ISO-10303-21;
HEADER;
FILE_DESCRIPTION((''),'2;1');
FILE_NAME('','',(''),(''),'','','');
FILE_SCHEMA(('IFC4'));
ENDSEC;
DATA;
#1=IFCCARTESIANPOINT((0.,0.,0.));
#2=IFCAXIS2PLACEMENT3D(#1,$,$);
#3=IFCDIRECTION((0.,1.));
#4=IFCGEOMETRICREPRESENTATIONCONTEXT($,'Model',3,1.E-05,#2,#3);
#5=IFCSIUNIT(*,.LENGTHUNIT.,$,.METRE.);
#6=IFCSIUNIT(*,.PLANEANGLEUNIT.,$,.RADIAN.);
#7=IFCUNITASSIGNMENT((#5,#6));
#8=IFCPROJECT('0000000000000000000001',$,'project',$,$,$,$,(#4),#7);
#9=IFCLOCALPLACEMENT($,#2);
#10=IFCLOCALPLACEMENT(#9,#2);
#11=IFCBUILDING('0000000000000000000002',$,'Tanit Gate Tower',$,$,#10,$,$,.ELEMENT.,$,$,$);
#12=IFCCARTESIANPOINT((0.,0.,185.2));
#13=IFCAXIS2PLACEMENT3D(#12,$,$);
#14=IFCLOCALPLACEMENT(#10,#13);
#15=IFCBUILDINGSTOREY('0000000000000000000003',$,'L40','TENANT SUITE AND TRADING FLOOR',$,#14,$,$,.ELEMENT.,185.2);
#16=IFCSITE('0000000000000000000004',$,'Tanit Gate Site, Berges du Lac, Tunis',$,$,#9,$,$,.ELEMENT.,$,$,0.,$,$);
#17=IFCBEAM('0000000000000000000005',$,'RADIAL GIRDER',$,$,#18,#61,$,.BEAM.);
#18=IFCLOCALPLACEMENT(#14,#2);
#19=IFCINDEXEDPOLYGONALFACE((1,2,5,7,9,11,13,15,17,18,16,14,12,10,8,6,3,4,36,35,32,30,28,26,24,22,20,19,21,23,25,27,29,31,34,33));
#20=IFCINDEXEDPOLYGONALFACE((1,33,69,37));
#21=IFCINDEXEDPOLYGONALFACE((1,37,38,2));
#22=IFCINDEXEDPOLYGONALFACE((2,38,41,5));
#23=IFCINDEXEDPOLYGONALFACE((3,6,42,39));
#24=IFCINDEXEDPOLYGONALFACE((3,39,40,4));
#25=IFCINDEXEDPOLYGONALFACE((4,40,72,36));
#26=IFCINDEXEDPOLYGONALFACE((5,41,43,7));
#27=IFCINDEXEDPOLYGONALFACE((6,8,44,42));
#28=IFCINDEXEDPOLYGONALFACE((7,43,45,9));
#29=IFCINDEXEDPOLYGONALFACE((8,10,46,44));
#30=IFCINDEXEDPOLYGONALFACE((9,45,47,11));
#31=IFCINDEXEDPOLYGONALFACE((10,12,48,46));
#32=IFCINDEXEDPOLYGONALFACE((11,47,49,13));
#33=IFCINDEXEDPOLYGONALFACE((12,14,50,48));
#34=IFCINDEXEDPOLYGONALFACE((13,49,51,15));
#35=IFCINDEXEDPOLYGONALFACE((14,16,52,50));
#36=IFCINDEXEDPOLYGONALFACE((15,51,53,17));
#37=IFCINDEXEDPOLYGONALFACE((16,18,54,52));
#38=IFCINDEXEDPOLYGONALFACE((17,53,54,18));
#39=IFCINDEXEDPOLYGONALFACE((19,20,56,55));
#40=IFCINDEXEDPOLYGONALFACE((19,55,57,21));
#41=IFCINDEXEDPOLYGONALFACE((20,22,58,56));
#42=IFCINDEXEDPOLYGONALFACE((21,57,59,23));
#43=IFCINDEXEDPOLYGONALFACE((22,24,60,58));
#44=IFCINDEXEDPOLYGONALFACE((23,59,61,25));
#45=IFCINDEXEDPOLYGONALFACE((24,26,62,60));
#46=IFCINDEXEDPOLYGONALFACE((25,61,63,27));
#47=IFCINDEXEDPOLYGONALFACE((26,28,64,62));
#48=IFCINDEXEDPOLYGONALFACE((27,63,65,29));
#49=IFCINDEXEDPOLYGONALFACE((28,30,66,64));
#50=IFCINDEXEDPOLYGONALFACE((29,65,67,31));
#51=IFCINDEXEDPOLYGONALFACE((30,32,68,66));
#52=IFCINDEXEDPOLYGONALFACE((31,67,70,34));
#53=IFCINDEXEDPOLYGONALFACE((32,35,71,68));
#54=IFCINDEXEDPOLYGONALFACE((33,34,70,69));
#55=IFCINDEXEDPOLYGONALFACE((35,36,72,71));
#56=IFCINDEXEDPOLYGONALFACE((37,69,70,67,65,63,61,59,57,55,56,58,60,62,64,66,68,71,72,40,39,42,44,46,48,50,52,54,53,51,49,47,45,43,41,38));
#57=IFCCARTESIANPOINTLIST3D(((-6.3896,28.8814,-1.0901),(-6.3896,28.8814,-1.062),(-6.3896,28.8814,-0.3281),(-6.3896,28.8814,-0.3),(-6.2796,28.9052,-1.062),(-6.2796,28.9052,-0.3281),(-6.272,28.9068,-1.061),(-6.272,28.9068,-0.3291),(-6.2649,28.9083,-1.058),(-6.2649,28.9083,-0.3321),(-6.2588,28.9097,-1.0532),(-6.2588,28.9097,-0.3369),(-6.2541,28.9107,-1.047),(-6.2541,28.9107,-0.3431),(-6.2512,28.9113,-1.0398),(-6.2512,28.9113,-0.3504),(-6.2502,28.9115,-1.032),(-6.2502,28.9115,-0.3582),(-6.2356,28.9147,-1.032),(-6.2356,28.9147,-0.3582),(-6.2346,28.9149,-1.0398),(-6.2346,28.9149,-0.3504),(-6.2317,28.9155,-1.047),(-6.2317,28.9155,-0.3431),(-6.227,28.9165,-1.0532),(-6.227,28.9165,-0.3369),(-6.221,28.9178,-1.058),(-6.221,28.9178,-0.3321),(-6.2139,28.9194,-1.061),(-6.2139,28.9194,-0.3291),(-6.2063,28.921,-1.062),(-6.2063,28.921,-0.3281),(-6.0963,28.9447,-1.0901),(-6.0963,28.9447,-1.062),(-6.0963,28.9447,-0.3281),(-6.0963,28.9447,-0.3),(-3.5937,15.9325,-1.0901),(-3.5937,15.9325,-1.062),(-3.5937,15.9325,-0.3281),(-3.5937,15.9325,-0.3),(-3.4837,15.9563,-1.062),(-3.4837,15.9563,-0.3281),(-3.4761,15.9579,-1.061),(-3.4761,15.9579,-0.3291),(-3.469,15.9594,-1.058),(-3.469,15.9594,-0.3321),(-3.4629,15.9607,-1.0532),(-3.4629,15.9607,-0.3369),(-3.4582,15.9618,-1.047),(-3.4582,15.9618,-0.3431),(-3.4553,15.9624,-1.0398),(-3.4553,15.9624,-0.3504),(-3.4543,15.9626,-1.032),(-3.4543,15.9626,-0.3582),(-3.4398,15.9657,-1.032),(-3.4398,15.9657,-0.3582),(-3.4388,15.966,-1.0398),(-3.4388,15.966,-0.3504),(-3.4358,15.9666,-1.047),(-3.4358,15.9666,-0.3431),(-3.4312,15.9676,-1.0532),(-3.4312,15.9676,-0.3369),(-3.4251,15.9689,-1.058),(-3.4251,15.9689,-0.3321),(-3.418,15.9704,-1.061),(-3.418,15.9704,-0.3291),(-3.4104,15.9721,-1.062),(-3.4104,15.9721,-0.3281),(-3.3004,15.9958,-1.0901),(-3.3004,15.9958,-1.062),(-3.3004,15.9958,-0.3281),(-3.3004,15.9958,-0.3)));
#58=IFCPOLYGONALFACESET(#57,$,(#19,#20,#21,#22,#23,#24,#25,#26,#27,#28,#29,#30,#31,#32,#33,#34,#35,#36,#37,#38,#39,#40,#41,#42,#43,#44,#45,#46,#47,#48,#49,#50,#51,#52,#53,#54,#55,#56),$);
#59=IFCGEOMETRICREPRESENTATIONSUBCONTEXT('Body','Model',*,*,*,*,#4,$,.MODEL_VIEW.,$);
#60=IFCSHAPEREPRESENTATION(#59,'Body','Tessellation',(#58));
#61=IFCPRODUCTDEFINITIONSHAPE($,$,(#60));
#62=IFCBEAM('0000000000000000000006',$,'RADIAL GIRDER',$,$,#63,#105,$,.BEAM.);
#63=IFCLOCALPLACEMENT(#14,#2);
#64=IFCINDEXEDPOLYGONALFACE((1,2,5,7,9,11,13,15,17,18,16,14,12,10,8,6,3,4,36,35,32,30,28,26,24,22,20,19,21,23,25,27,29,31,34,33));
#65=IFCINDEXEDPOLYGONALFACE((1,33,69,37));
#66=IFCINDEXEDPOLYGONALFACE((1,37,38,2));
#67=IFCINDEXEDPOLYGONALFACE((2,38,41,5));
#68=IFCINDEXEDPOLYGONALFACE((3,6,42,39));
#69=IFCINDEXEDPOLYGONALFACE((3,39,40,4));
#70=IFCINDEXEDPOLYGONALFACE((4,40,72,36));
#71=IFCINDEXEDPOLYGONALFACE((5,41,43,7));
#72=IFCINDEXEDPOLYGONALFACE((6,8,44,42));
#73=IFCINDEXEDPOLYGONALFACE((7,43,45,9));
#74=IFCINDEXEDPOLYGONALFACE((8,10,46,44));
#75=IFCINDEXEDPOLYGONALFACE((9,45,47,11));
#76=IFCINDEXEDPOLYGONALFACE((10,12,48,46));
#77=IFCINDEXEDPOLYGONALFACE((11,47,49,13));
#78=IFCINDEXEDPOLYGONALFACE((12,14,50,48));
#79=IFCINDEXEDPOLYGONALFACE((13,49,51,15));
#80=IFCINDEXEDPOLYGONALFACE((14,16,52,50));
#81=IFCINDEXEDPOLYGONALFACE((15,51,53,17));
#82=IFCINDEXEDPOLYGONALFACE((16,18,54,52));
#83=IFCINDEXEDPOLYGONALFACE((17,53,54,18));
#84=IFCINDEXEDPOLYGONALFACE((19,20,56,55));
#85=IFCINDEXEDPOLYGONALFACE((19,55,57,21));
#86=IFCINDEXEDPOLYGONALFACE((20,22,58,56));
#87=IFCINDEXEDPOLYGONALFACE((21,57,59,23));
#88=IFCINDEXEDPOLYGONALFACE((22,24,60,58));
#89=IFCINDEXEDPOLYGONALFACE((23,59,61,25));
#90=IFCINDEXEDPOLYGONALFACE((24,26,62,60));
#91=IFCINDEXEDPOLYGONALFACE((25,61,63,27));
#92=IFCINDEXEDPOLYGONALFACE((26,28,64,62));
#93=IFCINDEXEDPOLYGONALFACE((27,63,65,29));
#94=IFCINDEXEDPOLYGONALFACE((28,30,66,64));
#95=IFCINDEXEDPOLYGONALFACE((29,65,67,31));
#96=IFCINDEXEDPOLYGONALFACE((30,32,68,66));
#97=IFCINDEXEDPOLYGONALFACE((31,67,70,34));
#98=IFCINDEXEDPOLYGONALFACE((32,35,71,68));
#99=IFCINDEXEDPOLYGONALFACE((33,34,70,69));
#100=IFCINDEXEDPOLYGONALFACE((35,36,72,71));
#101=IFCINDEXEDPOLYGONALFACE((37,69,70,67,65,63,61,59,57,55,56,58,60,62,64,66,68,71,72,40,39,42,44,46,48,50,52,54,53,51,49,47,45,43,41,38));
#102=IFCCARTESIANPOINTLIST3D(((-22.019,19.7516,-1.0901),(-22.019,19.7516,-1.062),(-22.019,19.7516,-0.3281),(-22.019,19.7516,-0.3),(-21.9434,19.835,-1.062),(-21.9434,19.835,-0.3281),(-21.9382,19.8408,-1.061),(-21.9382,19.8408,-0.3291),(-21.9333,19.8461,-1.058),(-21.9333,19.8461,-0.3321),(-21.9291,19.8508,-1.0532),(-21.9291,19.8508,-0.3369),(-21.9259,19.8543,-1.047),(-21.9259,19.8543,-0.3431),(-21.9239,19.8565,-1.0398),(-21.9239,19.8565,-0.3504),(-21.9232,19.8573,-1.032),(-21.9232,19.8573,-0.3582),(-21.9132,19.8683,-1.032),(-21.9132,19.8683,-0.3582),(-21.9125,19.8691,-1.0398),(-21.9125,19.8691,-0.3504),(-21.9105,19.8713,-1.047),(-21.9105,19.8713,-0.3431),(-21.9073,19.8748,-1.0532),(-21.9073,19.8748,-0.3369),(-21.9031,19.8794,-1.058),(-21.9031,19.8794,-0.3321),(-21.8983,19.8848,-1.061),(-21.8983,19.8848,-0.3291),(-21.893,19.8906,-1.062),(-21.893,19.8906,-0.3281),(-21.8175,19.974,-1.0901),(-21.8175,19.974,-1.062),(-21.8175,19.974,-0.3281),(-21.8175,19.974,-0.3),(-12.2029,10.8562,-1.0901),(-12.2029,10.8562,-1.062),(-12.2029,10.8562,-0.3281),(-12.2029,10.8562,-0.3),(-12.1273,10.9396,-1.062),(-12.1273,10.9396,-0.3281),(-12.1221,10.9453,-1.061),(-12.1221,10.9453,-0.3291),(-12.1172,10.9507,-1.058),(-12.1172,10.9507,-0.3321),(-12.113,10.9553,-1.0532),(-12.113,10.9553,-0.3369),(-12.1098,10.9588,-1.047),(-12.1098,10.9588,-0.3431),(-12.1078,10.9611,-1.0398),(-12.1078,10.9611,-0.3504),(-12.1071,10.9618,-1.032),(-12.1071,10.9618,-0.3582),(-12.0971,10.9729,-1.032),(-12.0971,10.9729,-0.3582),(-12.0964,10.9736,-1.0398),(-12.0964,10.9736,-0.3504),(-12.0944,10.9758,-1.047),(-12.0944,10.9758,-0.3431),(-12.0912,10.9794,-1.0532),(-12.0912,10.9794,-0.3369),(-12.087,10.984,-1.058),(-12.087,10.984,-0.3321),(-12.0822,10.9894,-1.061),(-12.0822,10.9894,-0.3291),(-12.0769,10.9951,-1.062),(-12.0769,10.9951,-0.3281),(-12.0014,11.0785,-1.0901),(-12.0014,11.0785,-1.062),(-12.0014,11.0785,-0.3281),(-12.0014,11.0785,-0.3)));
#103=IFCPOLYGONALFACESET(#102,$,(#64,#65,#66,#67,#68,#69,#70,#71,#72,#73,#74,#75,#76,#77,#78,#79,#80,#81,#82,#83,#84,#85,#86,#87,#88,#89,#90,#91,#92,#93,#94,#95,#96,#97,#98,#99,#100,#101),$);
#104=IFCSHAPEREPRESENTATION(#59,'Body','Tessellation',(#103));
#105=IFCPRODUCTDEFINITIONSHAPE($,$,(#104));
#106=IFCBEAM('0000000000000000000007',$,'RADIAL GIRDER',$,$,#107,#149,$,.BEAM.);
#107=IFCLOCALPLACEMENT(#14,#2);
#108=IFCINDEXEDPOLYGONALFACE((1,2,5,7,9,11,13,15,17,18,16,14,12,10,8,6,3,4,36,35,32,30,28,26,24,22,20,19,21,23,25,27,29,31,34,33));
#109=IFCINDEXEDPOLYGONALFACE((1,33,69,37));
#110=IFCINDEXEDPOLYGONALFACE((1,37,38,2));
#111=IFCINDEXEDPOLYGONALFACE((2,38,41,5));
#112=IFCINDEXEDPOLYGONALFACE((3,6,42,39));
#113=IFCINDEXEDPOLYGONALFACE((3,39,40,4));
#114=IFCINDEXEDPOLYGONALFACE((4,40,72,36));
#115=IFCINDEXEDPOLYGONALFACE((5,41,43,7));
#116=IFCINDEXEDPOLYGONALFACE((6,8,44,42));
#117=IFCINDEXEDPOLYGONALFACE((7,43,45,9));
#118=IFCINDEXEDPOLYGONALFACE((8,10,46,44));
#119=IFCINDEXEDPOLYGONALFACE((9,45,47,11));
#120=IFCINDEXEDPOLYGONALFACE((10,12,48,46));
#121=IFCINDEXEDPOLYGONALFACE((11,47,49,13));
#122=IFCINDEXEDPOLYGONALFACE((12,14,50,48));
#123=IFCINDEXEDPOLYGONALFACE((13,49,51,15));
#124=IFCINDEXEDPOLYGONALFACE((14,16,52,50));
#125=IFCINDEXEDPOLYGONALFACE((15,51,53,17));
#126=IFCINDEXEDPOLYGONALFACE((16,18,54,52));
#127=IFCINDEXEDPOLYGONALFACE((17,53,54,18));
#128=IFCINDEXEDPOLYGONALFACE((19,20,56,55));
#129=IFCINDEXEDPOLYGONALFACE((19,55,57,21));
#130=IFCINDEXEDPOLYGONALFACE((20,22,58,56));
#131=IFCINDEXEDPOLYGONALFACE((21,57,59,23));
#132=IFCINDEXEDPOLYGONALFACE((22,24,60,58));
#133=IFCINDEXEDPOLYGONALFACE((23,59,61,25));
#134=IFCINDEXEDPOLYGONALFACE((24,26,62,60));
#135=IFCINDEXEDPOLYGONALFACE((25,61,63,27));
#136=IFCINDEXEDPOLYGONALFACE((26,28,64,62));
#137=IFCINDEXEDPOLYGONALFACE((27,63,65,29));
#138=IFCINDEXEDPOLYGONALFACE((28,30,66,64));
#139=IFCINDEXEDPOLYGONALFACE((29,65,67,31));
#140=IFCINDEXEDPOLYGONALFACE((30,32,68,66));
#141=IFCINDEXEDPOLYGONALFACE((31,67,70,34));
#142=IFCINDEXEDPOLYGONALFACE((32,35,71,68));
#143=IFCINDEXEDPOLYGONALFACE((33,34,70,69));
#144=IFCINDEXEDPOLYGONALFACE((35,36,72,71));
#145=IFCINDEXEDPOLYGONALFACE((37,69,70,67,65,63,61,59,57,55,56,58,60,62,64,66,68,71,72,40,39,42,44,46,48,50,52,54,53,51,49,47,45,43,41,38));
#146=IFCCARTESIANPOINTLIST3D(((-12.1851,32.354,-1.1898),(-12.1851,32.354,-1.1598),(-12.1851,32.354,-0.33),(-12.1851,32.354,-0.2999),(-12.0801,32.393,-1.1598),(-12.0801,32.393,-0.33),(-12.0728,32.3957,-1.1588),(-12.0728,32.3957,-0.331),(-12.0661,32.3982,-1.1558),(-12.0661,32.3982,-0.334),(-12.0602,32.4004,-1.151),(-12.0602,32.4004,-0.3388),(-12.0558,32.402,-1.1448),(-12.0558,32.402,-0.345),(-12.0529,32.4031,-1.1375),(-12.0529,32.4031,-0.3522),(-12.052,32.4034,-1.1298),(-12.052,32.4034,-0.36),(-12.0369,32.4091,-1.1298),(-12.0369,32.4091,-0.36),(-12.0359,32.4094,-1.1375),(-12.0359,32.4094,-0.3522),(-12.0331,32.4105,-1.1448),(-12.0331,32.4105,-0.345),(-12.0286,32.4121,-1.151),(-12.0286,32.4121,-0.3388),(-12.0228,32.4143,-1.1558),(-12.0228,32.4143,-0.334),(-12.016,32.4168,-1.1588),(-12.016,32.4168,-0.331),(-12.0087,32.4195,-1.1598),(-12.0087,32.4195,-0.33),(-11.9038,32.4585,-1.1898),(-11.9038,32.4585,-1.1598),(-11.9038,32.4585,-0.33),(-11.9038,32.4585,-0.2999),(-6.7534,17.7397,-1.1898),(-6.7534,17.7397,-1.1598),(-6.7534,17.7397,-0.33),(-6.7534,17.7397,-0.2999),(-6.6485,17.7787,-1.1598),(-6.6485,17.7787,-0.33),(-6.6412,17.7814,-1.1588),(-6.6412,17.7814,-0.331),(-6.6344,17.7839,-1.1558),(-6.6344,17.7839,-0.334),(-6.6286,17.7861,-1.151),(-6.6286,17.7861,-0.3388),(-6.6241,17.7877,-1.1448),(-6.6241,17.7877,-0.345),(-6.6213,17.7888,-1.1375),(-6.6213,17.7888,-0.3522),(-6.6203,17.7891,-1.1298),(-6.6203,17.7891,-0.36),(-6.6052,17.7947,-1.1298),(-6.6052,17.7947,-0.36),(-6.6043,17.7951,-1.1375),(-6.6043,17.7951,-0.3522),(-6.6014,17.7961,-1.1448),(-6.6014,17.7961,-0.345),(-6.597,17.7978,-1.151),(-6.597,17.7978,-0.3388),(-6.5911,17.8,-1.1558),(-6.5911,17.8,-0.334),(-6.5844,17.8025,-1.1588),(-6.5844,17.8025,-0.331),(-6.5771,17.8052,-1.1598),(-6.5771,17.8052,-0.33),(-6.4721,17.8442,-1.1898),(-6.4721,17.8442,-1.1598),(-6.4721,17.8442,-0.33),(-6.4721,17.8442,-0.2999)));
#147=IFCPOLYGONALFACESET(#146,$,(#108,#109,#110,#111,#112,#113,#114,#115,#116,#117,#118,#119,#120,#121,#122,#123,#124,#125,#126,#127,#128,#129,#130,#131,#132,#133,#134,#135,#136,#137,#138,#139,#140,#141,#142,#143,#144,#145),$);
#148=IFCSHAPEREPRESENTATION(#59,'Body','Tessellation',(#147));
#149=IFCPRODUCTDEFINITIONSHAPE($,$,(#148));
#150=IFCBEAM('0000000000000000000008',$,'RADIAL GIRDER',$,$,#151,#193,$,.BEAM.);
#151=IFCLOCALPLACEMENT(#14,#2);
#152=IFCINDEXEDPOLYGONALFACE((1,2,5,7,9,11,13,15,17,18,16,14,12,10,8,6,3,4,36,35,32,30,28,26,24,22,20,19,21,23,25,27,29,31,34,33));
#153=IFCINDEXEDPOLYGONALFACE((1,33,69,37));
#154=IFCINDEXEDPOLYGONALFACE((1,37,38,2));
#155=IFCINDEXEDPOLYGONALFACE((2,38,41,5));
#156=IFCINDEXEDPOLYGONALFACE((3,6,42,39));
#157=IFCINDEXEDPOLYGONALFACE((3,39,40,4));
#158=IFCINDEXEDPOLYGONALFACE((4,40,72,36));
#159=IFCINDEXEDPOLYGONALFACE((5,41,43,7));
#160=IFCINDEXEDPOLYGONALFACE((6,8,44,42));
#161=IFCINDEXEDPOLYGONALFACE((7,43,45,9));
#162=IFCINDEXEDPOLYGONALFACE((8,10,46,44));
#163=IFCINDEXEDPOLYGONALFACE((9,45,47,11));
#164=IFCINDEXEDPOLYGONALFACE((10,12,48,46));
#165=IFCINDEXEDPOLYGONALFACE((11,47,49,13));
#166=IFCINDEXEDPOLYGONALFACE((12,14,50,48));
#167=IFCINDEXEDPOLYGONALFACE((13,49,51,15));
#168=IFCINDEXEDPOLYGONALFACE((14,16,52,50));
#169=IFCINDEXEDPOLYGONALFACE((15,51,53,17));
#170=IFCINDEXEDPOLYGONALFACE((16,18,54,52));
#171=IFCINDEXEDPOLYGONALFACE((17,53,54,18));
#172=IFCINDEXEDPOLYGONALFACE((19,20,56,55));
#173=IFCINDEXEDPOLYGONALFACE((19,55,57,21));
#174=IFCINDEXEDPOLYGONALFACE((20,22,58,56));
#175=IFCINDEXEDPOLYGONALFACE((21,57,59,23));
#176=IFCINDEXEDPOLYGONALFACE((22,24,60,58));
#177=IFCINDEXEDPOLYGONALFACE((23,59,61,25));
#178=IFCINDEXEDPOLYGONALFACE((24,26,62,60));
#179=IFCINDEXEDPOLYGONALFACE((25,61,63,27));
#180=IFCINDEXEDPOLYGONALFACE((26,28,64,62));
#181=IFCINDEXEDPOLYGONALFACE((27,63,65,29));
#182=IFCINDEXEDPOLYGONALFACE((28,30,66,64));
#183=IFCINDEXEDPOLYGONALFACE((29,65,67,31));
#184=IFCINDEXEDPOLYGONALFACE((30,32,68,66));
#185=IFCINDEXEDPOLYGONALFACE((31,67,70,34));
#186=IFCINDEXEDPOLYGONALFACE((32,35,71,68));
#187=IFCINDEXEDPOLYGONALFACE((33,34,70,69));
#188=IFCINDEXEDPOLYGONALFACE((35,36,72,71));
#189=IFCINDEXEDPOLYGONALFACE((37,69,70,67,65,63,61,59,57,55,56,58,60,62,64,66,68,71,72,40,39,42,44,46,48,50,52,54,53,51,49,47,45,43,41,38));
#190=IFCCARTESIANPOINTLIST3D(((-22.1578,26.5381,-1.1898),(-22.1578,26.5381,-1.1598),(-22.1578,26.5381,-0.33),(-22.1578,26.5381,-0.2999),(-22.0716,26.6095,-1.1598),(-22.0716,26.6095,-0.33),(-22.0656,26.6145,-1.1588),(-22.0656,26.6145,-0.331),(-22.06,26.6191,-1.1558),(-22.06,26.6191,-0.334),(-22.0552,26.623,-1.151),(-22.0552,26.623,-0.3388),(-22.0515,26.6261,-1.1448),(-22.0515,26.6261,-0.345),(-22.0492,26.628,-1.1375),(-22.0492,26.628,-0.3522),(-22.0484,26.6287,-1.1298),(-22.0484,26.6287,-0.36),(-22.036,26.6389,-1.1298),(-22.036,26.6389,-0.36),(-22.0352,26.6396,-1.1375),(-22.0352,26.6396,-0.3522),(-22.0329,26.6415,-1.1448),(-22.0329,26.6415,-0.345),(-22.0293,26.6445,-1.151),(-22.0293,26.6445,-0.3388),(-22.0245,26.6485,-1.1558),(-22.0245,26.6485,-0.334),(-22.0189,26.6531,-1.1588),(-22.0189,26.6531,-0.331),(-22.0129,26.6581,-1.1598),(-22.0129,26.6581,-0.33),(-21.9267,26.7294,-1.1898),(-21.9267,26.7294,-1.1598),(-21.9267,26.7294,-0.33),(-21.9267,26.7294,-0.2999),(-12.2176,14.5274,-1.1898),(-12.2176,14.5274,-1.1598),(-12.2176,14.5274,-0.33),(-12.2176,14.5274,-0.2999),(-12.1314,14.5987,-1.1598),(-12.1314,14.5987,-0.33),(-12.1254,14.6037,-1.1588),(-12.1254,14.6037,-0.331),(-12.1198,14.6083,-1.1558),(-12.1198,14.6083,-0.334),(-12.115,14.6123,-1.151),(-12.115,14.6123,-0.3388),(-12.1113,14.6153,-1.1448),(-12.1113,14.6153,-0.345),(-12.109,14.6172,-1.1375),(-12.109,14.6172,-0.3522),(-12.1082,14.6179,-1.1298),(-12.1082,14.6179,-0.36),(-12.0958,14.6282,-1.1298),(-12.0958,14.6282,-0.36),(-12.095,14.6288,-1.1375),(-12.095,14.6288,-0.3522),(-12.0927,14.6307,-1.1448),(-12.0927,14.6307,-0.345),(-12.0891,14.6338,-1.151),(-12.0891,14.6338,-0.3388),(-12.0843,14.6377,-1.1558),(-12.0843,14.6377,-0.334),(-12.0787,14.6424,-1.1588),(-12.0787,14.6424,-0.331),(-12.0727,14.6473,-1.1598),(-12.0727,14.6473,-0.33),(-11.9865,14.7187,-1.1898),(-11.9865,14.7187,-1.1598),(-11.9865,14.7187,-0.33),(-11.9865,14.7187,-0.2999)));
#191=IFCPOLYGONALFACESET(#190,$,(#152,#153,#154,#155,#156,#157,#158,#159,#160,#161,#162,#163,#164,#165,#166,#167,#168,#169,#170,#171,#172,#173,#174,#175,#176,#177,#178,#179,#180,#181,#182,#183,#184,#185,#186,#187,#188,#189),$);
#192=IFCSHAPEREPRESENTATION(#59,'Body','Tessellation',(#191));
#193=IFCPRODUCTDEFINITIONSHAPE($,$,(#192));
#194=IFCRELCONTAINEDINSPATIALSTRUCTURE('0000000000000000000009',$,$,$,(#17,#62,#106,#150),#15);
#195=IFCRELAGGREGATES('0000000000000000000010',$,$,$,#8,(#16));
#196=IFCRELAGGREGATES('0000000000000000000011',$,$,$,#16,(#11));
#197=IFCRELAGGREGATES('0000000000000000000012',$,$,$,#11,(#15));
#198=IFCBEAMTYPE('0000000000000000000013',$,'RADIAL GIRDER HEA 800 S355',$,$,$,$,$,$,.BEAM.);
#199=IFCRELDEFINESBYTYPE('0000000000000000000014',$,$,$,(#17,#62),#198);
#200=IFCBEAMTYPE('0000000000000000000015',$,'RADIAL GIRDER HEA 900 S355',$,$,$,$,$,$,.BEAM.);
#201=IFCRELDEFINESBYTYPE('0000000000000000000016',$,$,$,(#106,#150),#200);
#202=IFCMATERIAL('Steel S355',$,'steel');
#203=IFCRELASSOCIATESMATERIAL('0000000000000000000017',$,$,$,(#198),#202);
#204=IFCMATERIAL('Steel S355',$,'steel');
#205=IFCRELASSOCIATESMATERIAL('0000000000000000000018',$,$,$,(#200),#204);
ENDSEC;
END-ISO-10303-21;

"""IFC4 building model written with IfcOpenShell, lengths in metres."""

from ifc_helpers import new_model, si_unit, direction, frame, origin, origin_2d, place, context, subcontext, project, spatial, i_section, extrude, material, material_profile, profile_set, type_object, element, save


model = new_model("IFC4")

# Units and contexts
model_context = context("Model", 3, precision=1e-05, world=origin(), true_north=direction((0.0, 1.0)))
body_context = subcontext(model_context, "Body", "Model", "MODEL_VIEW")
ifc_project = project(units=[si_unit("LENGTHUNIT", "METRE"), si_unit("PLANEANGLEUNIT", "RADIAN")], contexts=[model_context])

# Site, building, storey
site_placement = place(None, origin())
site = spatial("IfcSite", under=ifc_project, at=site_placement, Name="Tanit Gate Site, Berges du Lac, Tunis", CompositionType="ELEMENT", RefElevation=0.0)
building_placement = place(site_placement, origin())
building = spatial("IfcBuilding", under=site, at=building_placement, Name="Tanit Gate Tower", CompositionType="ELEMENT")
storey_placement = place(building_placement, frame((0.0, 0.0, 185.2)))
storey = spatial("IfcBuildingStorey", under=building, at=storey_placement, Name="L40", Description="TENANT SUITE AND TRADING FLOOR", CompositionType="ELEMENT", Elevation=185.2)

# Beams
ifc_material_1 = material(Name="Steel S355", Category="steel")
ifc_material_profile_1 = material_profile(ifc_material_1, i_section(OverallWidth=0.3, OverallDepth=0.79, WebThickness=0.0149, FlangeThickness=0.0281, FilletRadius=0.03, at=origin_2d()), Name="HEA 800")
ifc_profile_set_1 = profile_set([ifc_material_profile_1], Name="Steel S355")
beam_type_1 = type_object("IfcBeamType", Name="RADIAL GIRDER HEA 800 S355", PredefinedType="BEAM", material=ifc_profile_set_1)
beam_1_placement = place(storey_placement, frame((-6.2429, 28.9131, -0.6951), z_axis=(0.211053, -0.977475, 0.0), x_axis=(0.977475, 0.211053, 0.0)))
element("IfcBeam", 1, at=beam_1_placement, inside=storey, type_object=beam_type_1, Name="RADIAL GIRDER", PredefinedType="BEAM", context=body_context, shape_type="SweptSolid", body=[
    extrude(i_section(OverallWidth=0.3, OverallDepth=0.79, WebThickness=0.0149, FlangeThickness=0.0281, FilletRadius=0.03, at=origin_2d()), origin(), (0.0, 0.0, 1.0), 13.2473),
])
beam_2_placement = place(storey_placement, frame((-21.9182, 19.8628, -0.6951), z_axis=(0.741002, -0.671503, 0.0), x_axis=(0.671503, 0.741002, 0.0)))
element("IfcBeam", 2, at=beam_2_placement, inside=storey, type_object=beam_type_1, Name="RADIAL GIRDER", PredefinedType="BEAM", context=body_context, shape_type="SweptSolid", body=[
    extrude(i_section(OverallWidth=0.3, OverallDepth=0.79, WebThickness=0.0149, FlangeThickness=0.0281, FilletRadius=0.03, at=origin_2d()), origin(), (0.0, 0.0, 1.0), 13.2471),
])
ifc_material_2 = material(Name="Steel S355", Category="steel")
ifc_material_profile_2 = material_profile(ifc_material_2, i_section(OverallWidth=0.3, OverallDepth=0.8899, WebThickness=0.0161, FlangeThickness=0.03, FilletRadius=0.03, at=origin_2d()), Name="HEA 900")
ifc_profile_set_2 = profile_set([ifc_material_profile_2], Name="Steel S355")
beam_type_2 = type_object("IfcBeamType", Name="RADIAL GIRDER HEA 900 S355", PredefinedType="BEAM", material=ifc_profile_set_2)
beam_3_placement = place(storey_placement, frame((-12.0444, 32.4062, -0.7449), z_axis=(0.348383, -0.937352, 0.0), x_axis=(0.937352, 0.348383, 0.0)))
element("IfcBeam", 3, at=beam_3_placement, inside=storey, type_object=beam_type_2, Name="RADIAL GIRDER", PredefinedType="BEAM", context=body_context, shape_type="SweptSolid", body=[
    extrude(i_section(OverallWidth=0.3, OverallDepth=0.8899, WebThickness=0.0161, FlangeThickness=0.03, FilletRadius=0.03, at=origin_2d()), origin(), (0.0, 0.0, 1.0), 15.5911),
])
beam_4_placement = place(storey_placement, frame((-22.0422, 26.6338, -0.7449), z_axis=(0.637578, -0.770386, 0.0), x_axis=(0.770386, 0.637578, 0.0)))
element("IfcBeam", 4, at=beam_4_placement, inside=storey, type_object=beam_type_2, Name="RADIAL GIRDER", PredefinedType="BEAM", context=body_context, shape_type="SweptSolid", body=[
    extrude(i_section(OverallWidth=0.3, OverallDepth=0.8899, WebThickness=0.0161, FlangeThickness=0.03, FilletRadius=0.03, at=origin_2d()), origin(), (0.0, 0.0, 1.0), 15.5906),
])

save(model, "model.ifc")
